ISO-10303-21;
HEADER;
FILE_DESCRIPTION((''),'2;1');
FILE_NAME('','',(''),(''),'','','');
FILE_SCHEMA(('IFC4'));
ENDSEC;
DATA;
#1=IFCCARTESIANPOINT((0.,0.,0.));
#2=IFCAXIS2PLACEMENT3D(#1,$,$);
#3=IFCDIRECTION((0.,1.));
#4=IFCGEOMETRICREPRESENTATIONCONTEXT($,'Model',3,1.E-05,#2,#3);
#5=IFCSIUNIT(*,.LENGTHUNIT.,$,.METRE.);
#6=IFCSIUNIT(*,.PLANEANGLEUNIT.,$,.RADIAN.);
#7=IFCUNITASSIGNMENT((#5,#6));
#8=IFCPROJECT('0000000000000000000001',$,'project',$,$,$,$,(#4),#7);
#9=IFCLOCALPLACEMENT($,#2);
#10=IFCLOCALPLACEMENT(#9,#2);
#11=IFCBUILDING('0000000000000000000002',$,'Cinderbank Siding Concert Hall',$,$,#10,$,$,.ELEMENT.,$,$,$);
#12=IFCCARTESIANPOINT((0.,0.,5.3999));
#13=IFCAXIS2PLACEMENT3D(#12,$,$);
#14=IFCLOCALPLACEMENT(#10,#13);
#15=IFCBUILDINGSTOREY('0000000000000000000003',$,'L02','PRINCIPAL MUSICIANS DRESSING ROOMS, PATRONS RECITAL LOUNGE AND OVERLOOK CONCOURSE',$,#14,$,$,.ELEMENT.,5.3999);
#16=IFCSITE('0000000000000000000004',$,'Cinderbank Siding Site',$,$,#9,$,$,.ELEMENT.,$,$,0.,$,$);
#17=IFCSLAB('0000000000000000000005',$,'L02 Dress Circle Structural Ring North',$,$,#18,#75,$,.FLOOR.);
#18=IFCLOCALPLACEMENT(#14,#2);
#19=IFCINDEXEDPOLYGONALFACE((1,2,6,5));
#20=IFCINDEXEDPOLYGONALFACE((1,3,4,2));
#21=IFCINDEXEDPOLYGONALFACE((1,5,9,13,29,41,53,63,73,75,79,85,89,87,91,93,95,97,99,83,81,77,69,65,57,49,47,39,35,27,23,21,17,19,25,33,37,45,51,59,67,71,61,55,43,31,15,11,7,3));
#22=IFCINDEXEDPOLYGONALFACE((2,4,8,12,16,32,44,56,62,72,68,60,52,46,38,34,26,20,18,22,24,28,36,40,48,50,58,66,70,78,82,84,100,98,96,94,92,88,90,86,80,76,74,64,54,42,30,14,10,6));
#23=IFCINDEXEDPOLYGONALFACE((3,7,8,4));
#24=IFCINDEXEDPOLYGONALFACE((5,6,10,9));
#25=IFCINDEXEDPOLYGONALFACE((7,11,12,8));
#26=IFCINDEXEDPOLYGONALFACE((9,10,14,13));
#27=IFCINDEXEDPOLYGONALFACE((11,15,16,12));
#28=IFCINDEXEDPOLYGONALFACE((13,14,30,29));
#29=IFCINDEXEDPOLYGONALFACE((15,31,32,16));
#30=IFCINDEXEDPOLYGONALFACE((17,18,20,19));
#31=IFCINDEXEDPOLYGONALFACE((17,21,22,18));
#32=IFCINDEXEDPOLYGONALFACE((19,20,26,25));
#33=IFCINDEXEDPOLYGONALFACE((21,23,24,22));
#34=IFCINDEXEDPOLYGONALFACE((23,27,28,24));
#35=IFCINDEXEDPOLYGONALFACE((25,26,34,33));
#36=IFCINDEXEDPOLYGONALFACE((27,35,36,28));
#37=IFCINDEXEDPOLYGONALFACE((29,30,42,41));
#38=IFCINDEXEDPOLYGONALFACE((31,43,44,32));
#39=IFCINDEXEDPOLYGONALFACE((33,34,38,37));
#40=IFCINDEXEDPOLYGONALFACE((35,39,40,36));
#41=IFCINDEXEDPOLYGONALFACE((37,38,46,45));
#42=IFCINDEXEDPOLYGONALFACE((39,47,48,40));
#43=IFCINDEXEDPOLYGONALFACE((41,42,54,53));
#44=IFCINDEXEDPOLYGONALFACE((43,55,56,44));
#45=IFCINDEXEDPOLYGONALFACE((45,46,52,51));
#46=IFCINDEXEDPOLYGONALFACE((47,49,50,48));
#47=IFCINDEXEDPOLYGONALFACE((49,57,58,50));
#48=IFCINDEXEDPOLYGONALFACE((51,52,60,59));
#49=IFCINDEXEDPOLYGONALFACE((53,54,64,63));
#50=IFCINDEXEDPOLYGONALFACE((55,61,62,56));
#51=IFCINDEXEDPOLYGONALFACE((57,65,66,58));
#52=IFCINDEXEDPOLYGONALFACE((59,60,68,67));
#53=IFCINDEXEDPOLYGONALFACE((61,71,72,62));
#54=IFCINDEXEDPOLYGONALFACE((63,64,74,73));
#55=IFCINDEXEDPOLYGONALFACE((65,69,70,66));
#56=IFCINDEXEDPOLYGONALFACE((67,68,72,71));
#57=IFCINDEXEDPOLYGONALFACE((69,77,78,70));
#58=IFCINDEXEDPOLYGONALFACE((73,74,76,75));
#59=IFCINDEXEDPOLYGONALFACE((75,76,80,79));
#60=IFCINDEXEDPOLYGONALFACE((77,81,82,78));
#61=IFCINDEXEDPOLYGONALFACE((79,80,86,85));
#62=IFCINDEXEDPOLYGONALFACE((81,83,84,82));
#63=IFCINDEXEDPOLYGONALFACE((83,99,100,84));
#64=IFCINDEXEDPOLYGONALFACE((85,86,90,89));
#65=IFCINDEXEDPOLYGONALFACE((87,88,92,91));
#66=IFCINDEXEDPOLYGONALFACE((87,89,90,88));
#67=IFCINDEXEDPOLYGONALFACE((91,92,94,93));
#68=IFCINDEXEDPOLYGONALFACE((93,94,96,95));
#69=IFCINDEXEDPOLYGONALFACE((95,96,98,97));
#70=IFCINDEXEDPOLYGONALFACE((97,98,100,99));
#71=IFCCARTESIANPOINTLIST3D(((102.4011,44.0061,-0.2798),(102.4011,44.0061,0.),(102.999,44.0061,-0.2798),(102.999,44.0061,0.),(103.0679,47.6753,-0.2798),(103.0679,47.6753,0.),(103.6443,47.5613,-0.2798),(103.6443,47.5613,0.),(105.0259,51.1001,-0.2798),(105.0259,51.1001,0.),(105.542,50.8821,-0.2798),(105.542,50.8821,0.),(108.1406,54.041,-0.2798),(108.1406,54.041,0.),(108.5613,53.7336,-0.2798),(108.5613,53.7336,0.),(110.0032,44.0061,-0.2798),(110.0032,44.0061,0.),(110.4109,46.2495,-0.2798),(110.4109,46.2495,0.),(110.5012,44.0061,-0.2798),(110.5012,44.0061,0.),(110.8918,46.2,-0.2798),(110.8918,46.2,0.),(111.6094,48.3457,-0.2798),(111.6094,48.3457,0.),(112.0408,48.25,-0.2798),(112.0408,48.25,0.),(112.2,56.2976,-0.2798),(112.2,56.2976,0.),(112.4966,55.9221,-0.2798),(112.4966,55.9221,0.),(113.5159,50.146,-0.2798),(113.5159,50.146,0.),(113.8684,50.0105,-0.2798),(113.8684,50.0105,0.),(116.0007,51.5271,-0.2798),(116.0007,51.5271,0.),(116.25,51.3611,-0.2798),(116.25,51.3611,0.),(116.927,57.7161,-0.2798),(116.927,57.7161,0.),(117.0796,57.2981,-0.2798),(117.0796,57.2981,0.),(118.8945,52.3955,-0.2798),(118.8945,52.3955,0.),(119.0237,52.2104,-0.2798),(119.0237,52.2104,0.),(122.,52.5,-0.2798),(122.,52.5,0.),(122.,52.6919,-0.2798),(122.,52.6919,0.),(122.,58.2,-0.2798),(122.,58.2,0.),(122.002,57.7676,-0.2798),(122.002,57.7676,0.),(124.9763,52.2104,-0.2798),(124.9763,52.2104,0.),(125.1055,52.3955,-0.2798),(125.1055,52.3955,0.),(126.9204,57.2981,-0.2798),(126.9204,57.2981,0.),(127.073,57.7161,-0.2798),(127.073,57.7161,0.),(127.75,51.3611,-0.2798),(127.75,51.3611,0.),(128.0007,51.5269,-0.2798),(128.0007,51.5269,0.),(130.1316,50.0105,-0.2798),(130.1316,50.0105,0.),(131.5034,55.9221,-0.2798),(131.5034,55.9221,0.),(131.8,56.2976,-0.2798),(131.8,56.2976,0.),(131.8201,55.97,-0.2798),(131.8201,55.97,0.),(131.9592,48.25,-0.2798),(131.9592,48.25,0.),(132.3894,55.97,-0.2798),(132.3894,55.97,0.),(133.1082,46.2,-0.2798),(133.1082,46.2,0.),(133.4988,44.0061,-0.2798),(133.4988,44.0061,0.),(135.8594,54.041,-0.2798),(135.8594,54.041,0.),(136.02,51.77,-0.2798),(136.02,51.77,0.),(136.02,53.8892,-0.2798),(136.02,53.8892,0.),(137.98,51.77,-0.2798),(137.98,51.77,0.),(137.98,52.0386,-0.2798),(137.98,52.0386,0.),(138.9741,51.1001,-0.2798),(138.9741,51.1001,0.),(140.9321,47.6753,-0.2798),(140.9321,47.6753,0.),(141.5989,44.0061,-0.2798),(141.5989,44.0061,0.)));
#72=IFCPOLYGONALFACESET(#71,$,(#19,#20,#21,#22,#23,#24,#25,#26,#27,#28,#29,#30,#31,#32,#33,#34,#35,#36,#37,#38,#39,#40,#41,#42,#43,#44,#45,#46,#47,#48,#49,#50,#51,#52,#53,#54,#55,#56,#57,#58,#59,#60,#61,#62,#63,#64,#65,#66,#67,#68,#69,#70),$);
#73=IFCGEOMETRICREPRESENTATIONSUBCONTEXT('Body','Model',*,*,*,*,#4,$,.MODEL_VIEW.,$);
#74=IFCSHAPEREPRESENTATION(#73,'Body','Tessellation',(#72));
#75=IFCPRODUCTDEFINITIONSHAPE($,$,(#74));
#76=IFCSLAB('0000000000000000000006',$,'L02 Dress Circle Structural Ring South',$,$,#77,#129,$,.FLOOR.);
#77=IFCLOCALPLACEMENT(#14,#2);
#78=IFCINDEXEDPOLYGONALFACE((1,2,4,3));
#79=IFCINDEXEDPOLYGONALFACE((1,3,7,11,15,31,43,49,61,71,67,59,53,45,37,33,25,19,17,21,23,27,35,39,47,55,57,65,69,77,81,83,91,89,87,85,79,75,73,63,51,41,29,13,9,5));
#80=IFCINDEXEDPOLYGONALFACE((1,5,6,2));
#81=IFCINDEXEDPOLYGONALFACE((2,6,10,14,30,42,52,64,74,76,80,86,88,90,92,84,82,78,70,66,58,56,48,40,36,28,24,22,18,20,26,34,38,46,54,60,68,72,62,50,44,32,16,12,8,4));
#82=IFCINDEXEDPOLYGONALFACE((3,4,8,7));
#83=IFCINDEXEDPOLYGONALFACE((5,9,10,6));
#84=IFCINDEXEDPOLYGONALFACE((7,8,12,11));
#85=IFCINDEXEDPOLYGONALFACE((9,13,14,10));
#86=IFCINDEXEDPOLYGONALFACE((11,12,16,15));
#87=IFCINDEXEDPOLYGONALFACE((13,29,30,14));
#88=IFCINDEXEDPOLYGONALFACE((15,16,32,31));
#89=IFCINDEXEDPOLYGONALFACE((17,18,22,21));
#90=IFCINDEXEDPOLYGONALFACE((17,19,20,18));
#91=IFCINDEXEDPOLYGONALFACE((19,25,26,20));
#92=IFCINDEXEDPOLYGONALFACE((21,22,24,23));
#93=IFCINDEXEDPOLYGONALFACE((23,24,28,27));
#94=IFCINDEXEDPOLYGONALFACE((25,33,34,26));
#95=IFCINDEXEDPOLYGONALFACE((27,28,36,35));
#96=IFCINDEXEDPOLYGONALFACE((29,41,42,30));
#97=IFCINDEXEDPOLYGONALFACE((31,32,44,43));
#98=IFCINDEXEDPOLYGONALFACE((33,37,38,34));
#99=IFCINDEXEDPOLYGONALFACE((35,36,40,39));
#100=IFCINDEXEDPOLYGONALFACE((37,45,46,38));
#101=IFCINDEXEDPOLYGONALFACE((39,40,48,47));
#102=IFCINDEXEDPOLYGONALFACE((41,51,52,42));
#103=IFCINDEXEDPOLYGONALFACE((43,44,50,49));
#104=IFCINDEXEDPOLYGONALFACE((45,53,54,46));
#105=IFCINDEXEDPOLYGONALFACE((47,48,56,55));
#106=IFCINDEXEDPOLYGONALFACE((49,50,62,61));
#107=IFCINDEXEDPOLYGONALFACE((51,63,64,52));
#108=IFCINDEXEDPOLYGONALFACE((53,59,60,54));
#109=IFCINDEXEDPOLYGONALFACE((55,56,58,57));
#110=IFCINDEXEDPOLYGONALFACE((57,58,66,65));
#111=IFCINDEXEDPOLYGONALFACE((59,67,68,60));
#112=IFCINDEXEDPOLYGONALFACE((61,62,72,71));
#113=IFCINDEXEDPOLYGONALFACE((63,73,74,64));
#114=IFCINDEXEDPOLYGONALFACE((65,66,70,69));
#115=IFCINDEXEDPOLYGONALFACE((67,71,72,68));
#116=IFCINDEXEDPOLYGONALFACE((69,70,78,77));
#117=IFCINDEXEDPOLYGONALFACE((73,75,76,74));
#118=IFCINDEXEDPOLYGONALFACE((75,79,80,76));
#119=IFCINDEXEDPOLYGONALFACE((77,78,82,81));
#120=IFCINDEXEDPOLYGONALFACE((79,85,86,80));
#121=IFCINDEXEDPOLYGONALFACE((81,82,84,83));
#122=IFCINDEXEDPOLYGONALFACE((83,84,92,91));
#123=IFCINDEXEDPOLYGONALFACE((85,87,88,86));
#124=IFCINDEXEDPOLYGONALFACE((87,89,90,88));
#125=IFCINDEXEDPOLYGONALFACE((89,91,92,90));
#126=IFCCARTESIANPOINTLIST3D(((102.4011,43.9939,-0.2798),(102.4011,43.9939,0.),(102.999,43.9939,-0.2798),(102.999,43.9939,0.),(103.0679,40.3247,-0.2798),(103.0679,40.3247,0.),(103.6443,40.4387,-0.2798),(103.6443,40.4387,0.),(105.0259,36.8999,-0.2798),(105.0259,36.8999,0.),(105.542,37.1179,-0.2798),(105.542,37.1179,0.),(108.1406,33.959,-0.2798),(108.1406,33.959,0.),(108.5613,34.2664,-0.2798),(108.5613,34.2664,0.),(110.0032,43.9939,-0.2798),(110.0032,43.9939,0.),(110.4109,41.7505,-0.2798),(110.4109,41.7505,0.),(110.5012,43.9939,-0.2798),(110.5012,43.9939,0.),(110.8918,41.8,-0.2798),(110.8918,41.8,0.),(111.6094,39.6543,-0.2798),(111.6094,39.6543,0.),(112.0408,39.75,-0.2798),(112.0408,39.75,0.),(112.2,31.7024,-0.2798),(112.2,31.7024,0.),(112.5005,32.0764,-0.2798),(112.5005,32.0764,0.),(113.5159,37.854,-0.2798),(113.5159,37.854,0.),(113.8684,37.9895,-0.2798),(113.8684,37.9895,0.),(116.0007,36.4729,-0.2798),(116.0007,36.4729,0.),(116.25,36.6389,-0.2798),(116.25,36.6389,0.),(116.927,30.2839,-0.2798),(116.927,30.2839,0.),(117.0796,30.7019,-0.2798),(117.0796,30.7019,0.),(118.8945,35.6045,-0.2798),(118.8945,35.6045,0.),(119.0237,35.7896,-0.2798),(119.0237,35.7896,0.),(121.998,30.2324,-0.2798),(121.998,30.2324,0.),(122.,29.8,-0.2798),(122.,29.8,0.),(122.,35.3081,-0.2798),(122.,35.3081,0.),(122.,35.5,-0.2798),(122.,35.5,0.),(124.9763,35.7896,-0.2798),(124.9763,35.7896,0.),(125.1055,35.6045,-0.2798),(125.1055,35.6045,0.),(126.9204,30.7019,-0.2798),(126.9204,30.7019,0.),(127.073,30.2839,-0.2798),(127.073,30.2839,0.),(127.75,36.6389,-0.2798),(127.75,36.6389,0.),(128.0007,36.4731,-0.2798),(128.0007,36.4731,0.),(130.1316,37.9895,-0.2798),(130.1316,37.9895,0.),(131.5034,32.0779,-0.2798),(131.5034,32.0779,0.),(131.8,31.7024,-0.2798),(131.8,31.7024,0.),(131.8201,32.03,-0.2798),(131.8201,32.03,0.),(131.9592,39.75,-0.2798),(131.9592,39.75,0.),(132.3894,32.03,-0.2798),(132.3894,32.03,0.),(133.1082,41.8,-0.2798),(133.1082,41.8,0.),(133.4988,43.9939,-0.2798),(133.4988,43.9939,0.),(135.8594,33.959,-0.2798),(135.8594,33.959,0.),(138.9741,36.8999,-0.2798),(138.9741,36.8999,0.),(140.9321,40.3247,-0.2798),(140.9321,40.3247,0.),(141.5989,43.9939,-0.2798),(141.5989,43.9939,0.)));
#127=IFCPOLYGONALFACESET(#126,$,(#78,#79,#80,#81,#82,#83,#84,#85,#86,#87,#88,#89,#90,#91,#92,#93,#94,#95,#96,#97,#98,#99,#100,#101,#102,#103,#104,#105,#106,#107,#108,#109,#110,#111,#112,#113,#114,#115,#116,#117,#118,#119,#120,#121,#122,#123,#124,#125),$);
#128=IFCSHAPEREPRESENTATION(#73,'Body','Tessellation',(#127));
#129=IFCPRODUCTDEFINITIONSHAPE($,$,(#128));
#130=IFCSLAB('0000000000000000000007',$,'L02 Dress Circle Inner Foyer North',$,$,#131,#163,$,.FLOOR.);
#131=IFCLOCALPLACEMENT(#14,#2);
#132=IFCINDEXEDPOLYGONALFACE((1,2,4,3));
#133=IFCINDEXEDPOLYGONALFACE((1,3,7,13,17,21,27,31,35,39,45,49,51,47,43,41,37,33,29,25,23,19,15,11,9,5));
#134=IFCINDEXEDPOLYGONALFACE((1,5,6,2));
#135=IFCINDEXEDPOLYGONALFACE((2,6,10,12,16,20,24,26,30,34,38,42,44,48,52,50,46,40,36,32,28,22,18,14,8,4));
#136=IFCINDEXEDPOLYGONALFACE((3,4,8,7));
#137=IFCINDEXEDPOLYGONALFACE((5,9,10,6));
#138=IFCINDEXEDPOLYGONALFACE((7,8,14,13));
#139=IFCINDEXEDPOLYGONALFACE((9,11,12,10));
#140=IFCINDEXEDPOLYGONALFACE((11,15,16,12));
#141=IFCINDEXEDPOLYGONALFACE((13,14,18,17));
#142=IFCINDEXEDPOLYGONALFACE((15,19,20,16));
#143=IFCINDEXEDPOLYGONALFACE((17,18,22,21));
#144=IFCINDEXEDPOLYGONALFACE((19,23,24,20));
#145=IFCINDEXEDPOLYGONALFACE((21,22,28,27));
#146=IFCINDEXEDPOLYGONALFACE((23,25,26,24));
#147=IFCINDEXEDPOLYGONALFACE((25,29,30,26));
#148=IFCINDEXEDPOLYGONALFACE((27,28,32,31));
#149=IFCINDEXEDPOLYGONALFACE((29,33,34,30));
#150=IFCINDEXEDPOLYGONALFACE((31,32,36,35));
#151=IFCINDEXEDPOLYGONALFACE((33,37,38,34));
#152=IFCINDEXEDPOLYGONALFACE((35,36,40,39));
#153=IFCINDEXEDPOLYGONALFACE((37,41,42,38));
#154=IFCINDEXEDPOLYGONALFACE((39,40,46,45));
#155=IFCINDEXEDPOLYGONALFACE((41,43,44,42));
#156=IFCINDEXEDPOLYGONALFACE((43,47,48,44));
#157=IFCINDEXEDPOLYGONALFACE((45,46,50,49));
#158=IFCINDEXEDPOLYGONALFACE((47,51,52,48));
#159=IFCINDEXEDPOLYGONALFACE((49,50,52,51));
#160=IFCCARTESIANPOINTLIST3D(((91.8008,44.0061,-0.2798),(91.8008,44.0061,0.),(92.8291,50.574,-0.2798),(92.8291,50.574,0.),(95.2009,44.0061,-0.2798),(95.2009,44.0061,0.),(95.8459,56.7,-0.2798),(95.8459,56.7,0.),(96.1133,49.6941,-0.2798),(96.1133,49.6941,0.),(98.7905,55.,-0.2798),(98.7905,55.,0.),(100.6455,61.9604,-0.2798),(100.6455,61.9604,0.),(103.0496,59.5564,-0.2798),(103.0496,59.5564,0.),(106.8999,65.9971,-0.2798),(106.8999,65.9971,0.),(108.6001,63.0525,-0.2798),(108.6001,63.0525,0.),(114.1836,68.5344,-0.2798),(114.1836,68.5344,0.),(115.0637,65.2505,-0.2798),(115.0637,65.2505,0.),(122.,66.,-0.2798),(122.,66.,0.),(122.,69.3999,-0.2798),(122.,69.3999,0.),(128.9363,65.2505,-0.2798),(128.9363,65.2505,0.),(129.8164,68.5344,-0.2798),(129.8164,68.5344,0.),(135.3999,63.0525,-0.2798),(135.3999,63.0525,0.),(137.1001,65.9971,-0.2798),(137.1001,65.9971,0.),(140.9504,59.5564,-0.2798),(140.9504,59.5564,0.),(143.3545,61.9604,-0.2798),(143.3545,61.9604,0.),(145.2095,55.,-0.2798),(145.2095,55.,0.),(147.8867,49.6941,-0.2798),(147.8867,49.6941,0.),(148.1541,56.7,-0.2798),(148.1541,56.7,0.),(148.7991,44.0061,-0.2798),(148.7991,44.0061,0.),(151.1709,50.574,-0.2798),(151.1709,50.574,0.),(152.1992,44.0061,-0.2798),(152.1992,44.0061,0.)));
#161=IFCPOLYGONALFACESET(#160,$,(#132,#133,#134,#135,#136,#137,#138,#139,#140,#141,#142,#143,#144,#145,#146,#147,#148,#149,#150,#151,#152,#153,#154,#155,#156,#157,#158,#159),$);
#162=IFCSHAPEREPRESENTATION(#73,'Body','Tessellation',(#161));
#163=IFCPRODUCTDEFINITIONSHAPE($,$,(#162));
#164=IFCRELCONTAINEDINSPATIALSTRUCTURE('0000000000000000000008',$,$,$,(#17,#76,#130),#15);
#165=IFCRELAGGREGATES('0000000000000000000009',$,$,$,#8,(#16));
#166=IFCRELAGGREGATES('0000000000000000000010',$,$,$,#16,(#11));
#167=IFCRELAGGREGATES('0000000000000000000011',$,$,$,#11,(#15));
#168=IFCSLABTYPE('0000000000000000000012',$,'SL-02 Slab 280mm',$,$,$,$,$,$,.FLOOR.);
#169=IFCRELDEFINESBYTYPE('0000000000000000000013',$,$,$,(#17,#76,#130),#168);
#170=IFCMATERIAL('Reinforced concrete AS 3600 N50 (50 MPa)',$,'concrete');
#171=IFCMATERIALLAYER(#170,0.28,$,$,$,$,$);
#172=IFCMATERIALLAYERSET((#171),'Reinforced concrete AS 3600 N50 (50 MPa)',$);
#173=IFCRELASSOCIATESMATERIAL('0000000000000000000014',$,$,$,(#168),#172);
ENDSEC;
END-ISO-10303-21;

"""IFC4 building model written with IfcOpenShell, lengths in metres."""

from ifc_helpers import new_model, si_unit, direction, frame, origin, place, context, subcontext, project, spatial, polyline, outline, extrude, material, layer, layer_set, type_object, element, save


model = new_model("IFC4")

# Units and contexts
model_context = context("Model", 3, precision=1e-05, world=origin(), true_north=direction((0.0, 1.0)))
body_context = subcontext(model_context, "Body", "Model", "MODEL_VIEW")
ifc_project = project(units=[si_unit("LENGTHUNIT", "METRE"), si_unit("PLANEANGLEUNIT", "RADIAN")], contexts=[model_context])

# Site, building, storey
site_placement = place(None, origin())
site = spatial("IfcSite", under=ifc_project, at=site_placement, Name="Cinderbank Siding Site", CompositionType="ELEMENT", RefElevation=0.0)
building_placement = place(site_placement, origin())
building = spatial("IfcBuilding", under=site, at=building_placement, Name="Cinderbank Siding Concert Hall", CompositionType="ELEMENT")
storey_placement = place(building_placement, frame((0.0, 0.0, 5.3999)))
storey = spatial("IfcBuildingStorey", under=building, at=storey_placement, Name="L02", Description="PRINCIPAL MUSICIANS DRESSING ROOMS, PATRONS RECITAL LOUNGE AND OVERLOOK CONCOURSE", CompositionType="ELEMENT", Elevation=5.3999)

# Shared definitions
ifc_material = material(Name="Reinforced concrete AS 3600 N50 (50 MPa)", Category="concrete")

# Slabs
ifc_layer_1 = layer(ifc_material, 0.28)
ifc_layer_set_1 = layer_set([ifc_layer_1], Name="Reinforced concrete AS 3600 N50 (50 MPa)")
slab_type_1 = type_object("IfcSlabType", Name="SL-02 Slab 280mm", PredefinedType="FLOOR", material=ifc_layer_set_1)
slab_1_placement = place(storey_placement, frame((0.0, 0.0, -0.2798)))
element("IfcSlab", 1, at=slab_1_placement, inside=storey, type_object=slab_type_1, Name="L02 Dress Circle Structural Ring North", PredefinedType="FLOOR", context=body_context, shape_type="SweptSolid", body=[
    extrude(outline(polyline([(108.1406, 54.041), (112.2, 56.2976), (116.927, 57.7161), (122.0, 58.2), (127.073, 57.7161), (131.8, 56.2976), (131.8201, 55.97), (132.3894, 55.97), (135.8594, 54.041), (136.02, 53.8892), (136.02, 51.77), (137.98, 51.77), (137.98, 52.0386), (138.9741, 51.1001), (140.9321, 47.6753), (141.5989, 44.0061), (133.4988, 44.0061), (133.1082, 46.2), (131.9592, 48.25), (130.1316, 50.0105), (127.75, 51.3611), (124.9763, 52.2104), (122.0, 52.5), (119.0237, 52.2104), (116.25, 51.3611), (113.8684, 50.0105), (112.0408, 48.25), (110.8918, 46.2), (110.5012, 44.0061), (110.0032, 44.0061), (110.4109, 46.2495), (111.6094, 48.3457), (113.5159, 50.146), (116.0007, 51.5271), (118.8945, 52.3955), (122.0, 52.6919), (125.1055, 52.3955), (128.0007, 51.5269), (131.5034, 55.9221), (126.9204, 57.2981), (122.002, 57.7676), (117.0796, 57.2981), (112.4966, 55.9221), (108.5613, 53.7336), (105.542, 50.8821), (103.6443, 47.5613), (102.999, 44.0061), (102.4011, 44.0061), (103.0679, 47.6753), (105.0259, 51.1001), (108.1406, 54.041)])), origin(), (0.0, 0.0, 1.0), 0.2798),
])
slab_2_placement = place(storey_placement, frame((0.0, 0.0, -0.2798)))
element("IfcSlab", 2, at=slab_2_placement, inside=storey, type_object=slab_type_1, Name="L02 Dress Circle Structural Ring South", PredefinedType="FLOOR", context=body_context, shape_type="SweptSolid", body=[
    extrude(outline(polyline([(132.3894, 32.03), (131.8201, 32.03), (131.8, 31.7024), (127.073, 30.2839), (122.0, 29.8), (116.927, 30.2839), (112.2, 31.7024), (108.1406, 33.959), (105.0259, 36.8999), (103.0679, 40.3247), (102.4011, 43.9939), (102.999, 43.9939), (103.6443, 40.4387), (105.542, 37.1179), (108.5613, 34.2664), (112.5005, 32.0764), (117.0796, 30.7019), (121.998, 30.2324), (126.9204, 30.7019), (131.5034, 32.0779), (128.0007, 36.4731), (125.1055, 35.6045), (122.0, 35.3081), (118.8945, 35.6045), (116.0007, 36.4729), (113.5159, 37.854), (111.6094, 39.6543), (110.4109, 41.7505), (110.0032, 43.9939), (110.5012, 43.9939), (110.8918, 41.8), (112.0408, 39.75), (113.8684, 37.9895), (116.25, 36.6389), (119.0237, 35.7896), (122.0, 35.5), (124.9763, 35.7896), (127.75, 36.6389), (130.1316, 37.9895), (131.9592, 39.75), (133.1082, 41.8), (133.4988, 43.9939), (141.5989, 43.9939), (140.9321, 40.3247), (138.9741, 36.8999), (135.8594, 33.959), (132.3894, 32.03)])), origin(), (0.0, 0.0, 1.0), 0.2798),
])
slab_3_placement = place(storey_placement, frame((0.0, 0.0, -0.2798)))
element("IfcSlab", 3, at=slab_3_placement, inside=storey, type_object=slab_type_1, Name="L02 Dress Circle Inner Foyer North", PredefinedType="FLOOR", context=body_context, shape_type="SweptSolid", body=[
    extrude(outline(polyline([(92.8291, 50.574), (95.8459, 56.7), (100.6455, 61.9604), (106.8999, 65.9971), (114.1836, 68.5344), (122.0, 69.3999), (129.8164, 68.5344), (137.1001, 65.9971), (143.3545, 61.9604), (148.1541, 56.7), (151.1709, 50.574), (152.1992, 44.0061), (148.7991, 44.0061), (147.8867, 49.6941), (145.2095, 55.0), (140.9504, 59.5564), (135.3999, 63.0525), (128.9363, 65.2505), (122.0, 66.0), (115.0637, 65.2505), (108.6001, 63.0525), (103.0496, 59.5564), (98.7905, 55.0), (96.1133, 49.6941), (95.2009, 44.0061), (91.8008, 44.0061), (92.8291, 50.574)])), origin(), (0.0, 0.0, 1.0), 0.2798),
])

save(model, "model.ifc")
